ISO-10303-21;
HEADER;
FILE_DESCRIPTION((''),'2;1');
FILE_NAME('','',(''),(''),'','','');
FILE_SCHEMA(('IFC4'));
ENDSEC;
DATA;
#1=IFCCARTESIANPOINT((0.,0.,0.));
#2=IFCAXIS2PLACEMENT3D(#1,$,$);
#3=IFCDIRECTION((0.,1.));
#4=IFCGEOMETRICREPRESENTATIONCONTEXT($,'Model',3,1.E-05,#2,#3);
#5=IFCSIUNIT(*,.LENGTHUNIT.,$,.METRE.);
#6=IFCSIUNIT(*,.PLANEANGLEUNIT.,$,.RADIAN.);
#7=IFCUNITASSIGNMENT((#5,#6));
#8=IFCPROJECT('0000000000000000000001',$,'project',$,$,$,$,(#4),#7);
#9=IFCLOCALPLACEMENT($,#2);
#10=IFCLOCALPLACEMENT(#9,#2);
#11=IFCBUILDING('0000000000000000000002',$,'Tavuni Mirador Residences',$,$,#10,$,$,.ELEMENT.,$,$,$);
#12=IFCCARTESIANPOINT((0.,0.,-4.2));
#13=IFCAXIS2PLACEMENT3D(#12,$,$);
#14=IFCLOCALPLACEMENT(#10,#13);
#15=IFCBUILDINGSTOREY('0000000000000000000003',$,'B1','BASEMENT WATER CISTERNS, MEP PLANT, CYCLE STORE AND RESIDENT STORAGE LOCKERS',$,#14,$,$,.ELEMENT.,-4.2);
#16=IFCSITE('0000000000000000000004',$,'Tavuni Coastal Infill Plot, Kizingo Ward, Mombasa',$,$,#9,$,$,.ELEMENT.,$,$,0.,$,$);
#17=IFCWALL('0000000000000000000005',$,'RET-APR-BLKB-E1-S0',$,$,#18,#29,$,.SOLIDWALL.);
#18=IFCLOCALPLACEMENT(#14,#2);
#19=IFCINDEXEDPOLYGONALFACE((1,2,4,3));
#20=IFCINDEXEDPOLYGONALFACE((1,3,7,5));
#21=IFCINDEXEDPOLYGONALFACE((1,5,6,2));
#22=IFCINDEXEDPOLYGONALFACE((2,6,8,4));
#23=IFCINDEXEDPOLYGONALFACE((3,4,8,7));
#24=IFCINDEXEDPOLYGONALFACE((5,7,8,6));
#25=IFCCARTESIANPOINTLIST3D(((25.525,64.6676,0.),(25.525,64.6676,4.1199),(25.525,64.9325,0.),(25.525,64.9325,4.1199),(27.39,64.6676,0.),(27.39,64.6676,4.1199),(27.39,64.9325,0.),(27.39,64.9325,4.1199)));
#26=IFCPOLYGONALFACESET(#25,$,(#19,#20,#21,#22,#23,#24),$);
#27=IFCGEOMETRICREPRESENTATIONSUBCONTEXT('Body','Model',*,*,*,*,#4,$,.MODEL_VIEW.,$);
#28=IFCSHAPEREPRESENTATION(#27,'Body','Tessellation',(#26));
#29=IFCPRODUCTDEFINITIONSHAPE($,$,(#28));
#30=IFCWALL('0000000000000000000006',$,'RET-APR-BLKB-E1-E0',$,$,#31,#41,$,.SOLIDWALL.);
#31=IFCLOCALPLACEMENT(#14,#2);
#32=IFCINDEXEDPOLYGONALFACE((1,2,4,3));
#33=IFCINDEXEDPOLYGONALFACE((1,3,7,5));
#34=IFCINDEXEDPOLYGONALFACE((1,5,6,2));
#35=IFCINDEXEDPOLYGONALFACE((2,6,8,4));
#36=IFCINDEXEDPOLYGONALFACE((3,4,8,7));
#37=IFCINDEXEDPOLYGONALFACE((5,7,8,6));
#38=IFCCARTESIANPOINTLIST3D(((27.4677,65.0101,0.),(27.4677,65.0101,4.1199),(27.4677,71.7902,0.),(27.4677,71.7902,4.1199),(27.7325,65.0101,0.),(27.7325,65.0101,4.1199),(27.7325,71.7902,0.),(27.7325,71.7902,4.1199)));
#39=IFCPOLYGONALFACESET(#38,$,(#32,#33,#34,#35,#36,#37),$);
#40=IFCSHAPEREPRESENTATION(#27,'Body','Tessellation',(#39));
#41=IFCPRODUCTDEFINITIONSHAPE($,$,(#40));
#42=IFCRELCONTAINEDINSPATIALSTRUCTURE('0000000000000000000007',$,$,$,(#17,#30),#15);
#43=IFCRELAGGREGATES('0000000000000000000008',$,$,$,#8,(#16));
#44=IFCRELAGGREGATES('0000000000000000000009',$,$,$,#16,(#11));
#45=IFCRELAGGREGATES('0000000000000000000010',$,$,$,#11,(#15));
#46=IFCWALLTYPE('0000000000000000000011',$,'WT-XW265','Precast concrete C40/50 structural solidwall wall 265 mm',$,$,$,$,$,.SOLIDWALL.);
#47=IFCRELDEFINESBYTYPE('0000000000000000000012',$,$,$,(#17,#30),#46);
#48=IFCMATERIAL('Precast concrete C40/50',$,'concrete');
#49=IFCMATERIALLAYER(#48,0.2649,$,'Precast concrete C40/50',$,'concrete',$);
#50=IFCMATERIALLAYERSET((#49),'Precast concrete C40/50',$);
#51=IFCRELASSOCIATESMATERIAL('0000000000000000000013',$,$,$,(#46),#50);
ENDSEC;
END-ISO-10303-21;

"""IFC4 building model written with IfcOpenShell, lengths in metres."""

from ifc_helpers import new_model, si_unit, direction, frame, frame_2d, origin, place, context, subcontext, project, spatial, rectangle, extrude, material, layer, layer_set, type_object, element, save


model = new_model("IFC4")

# Units and contexts
model_context = context("Model", 3, precision=1e-05, world=origin(), true_north=direction((0.0, 1.0)))
body_context = subcontext(model_context, "Body", "Model", "MODEL_VIEW")
ifc_project = project(units=[si_unit("LENGTHUNIT", "METRE"), si_unit("PLANEANGLEUNIT", "RADIAN")], contexts=[model_context])

# Site, building, storey
site_placement = place(None, origin())
site = spatial("IfcSite", under=ifc_project, at=site_placement, Name="Tavuni Coastal Infill Plot, Kizingo Ward, Mombasa", CompositionType="ELEMENT", RefElevation=0.0)
building_placement = place(site_placement, origin())
building = spatial("IfcBuilding", under=site, at=building_placement, Name="Tavuni Mirador Residences", CompositionType="ELEMENT")
storey_placement = place(building_placement, frame((0.0, 0.0, -4.2)))
storey = spatial("IfcBuildingStorey", under=building, at=storey_placement, Name="B1", Description="BASEMENT WATER CISTERNS, MEP PLANT, CYCLE STORE AND RESIDENT STORAGE LOCKERS", CompositionType="ELEMENT", Elevation=-4.2)

# Shared definitions
ifc_material_1 = material(Name="Precast concrete C40/50", Category="concrete")

# Walls
ifc_layer_1 = layer(ifc_material_1, 0.2649, Name="Precast concrete C40/50", Category="concrete")
ifc_layer_set_1 = layer_set([ifc_layer_1], Name="Precast concrete C40/50")
wall_type_1 = type_object("IfcWallType", Name="WT-XW265", Description="Precast concrete C40/50 structural solidwall wall 265 mm", PredefinedType="SOLIDWALL", material=ifc_layer_set_1)
wall_1_placement = place(storey_placement, frame((25.5249, 64.8, 0.0), z_axis=(0.0, 0.0, 1.0), x_axis=(1.0, 0.0, 0.0)))
element("IfcWall", 1, at=wall_1_placement, inside=storey, type_object=wall_type_1, Name="RET-APR-BLKB-E1-S0", PredefinedType="SOLIDWALL", context=body_context, shape_type="SweptSolid", body=[
    extrude(rectangle(XDim=1.865, YDim=0.2649, at=frame_2d((0.9326, 0.0))), origin(), (0.0, 0.0, 1.0), 4.1199),
])
wall_2_placement = place(storey_placement, frame((27.6001, 65.01, 0.0), z_axis=(0.0, 0.0, 1.0), x_axis=(0.0, 1.0, 0.0)))
element("IfcWall", 2, at=wall_2_placement, inside=storey, type_object=wall_type_1, Name="RET-APR-BLKB-E1-E0", PredefinedType="SOLIDWALL", context=body_context, shape_type="SweptSolid", body=[
    extrude(rectangle(XDim=6.78, YDim=0.2649, at=frame_2d((3.3901, 0.0))), origin(), (0.0, 0.0, 1.0), 4.1199),
])

save(model, "model.ifc")
